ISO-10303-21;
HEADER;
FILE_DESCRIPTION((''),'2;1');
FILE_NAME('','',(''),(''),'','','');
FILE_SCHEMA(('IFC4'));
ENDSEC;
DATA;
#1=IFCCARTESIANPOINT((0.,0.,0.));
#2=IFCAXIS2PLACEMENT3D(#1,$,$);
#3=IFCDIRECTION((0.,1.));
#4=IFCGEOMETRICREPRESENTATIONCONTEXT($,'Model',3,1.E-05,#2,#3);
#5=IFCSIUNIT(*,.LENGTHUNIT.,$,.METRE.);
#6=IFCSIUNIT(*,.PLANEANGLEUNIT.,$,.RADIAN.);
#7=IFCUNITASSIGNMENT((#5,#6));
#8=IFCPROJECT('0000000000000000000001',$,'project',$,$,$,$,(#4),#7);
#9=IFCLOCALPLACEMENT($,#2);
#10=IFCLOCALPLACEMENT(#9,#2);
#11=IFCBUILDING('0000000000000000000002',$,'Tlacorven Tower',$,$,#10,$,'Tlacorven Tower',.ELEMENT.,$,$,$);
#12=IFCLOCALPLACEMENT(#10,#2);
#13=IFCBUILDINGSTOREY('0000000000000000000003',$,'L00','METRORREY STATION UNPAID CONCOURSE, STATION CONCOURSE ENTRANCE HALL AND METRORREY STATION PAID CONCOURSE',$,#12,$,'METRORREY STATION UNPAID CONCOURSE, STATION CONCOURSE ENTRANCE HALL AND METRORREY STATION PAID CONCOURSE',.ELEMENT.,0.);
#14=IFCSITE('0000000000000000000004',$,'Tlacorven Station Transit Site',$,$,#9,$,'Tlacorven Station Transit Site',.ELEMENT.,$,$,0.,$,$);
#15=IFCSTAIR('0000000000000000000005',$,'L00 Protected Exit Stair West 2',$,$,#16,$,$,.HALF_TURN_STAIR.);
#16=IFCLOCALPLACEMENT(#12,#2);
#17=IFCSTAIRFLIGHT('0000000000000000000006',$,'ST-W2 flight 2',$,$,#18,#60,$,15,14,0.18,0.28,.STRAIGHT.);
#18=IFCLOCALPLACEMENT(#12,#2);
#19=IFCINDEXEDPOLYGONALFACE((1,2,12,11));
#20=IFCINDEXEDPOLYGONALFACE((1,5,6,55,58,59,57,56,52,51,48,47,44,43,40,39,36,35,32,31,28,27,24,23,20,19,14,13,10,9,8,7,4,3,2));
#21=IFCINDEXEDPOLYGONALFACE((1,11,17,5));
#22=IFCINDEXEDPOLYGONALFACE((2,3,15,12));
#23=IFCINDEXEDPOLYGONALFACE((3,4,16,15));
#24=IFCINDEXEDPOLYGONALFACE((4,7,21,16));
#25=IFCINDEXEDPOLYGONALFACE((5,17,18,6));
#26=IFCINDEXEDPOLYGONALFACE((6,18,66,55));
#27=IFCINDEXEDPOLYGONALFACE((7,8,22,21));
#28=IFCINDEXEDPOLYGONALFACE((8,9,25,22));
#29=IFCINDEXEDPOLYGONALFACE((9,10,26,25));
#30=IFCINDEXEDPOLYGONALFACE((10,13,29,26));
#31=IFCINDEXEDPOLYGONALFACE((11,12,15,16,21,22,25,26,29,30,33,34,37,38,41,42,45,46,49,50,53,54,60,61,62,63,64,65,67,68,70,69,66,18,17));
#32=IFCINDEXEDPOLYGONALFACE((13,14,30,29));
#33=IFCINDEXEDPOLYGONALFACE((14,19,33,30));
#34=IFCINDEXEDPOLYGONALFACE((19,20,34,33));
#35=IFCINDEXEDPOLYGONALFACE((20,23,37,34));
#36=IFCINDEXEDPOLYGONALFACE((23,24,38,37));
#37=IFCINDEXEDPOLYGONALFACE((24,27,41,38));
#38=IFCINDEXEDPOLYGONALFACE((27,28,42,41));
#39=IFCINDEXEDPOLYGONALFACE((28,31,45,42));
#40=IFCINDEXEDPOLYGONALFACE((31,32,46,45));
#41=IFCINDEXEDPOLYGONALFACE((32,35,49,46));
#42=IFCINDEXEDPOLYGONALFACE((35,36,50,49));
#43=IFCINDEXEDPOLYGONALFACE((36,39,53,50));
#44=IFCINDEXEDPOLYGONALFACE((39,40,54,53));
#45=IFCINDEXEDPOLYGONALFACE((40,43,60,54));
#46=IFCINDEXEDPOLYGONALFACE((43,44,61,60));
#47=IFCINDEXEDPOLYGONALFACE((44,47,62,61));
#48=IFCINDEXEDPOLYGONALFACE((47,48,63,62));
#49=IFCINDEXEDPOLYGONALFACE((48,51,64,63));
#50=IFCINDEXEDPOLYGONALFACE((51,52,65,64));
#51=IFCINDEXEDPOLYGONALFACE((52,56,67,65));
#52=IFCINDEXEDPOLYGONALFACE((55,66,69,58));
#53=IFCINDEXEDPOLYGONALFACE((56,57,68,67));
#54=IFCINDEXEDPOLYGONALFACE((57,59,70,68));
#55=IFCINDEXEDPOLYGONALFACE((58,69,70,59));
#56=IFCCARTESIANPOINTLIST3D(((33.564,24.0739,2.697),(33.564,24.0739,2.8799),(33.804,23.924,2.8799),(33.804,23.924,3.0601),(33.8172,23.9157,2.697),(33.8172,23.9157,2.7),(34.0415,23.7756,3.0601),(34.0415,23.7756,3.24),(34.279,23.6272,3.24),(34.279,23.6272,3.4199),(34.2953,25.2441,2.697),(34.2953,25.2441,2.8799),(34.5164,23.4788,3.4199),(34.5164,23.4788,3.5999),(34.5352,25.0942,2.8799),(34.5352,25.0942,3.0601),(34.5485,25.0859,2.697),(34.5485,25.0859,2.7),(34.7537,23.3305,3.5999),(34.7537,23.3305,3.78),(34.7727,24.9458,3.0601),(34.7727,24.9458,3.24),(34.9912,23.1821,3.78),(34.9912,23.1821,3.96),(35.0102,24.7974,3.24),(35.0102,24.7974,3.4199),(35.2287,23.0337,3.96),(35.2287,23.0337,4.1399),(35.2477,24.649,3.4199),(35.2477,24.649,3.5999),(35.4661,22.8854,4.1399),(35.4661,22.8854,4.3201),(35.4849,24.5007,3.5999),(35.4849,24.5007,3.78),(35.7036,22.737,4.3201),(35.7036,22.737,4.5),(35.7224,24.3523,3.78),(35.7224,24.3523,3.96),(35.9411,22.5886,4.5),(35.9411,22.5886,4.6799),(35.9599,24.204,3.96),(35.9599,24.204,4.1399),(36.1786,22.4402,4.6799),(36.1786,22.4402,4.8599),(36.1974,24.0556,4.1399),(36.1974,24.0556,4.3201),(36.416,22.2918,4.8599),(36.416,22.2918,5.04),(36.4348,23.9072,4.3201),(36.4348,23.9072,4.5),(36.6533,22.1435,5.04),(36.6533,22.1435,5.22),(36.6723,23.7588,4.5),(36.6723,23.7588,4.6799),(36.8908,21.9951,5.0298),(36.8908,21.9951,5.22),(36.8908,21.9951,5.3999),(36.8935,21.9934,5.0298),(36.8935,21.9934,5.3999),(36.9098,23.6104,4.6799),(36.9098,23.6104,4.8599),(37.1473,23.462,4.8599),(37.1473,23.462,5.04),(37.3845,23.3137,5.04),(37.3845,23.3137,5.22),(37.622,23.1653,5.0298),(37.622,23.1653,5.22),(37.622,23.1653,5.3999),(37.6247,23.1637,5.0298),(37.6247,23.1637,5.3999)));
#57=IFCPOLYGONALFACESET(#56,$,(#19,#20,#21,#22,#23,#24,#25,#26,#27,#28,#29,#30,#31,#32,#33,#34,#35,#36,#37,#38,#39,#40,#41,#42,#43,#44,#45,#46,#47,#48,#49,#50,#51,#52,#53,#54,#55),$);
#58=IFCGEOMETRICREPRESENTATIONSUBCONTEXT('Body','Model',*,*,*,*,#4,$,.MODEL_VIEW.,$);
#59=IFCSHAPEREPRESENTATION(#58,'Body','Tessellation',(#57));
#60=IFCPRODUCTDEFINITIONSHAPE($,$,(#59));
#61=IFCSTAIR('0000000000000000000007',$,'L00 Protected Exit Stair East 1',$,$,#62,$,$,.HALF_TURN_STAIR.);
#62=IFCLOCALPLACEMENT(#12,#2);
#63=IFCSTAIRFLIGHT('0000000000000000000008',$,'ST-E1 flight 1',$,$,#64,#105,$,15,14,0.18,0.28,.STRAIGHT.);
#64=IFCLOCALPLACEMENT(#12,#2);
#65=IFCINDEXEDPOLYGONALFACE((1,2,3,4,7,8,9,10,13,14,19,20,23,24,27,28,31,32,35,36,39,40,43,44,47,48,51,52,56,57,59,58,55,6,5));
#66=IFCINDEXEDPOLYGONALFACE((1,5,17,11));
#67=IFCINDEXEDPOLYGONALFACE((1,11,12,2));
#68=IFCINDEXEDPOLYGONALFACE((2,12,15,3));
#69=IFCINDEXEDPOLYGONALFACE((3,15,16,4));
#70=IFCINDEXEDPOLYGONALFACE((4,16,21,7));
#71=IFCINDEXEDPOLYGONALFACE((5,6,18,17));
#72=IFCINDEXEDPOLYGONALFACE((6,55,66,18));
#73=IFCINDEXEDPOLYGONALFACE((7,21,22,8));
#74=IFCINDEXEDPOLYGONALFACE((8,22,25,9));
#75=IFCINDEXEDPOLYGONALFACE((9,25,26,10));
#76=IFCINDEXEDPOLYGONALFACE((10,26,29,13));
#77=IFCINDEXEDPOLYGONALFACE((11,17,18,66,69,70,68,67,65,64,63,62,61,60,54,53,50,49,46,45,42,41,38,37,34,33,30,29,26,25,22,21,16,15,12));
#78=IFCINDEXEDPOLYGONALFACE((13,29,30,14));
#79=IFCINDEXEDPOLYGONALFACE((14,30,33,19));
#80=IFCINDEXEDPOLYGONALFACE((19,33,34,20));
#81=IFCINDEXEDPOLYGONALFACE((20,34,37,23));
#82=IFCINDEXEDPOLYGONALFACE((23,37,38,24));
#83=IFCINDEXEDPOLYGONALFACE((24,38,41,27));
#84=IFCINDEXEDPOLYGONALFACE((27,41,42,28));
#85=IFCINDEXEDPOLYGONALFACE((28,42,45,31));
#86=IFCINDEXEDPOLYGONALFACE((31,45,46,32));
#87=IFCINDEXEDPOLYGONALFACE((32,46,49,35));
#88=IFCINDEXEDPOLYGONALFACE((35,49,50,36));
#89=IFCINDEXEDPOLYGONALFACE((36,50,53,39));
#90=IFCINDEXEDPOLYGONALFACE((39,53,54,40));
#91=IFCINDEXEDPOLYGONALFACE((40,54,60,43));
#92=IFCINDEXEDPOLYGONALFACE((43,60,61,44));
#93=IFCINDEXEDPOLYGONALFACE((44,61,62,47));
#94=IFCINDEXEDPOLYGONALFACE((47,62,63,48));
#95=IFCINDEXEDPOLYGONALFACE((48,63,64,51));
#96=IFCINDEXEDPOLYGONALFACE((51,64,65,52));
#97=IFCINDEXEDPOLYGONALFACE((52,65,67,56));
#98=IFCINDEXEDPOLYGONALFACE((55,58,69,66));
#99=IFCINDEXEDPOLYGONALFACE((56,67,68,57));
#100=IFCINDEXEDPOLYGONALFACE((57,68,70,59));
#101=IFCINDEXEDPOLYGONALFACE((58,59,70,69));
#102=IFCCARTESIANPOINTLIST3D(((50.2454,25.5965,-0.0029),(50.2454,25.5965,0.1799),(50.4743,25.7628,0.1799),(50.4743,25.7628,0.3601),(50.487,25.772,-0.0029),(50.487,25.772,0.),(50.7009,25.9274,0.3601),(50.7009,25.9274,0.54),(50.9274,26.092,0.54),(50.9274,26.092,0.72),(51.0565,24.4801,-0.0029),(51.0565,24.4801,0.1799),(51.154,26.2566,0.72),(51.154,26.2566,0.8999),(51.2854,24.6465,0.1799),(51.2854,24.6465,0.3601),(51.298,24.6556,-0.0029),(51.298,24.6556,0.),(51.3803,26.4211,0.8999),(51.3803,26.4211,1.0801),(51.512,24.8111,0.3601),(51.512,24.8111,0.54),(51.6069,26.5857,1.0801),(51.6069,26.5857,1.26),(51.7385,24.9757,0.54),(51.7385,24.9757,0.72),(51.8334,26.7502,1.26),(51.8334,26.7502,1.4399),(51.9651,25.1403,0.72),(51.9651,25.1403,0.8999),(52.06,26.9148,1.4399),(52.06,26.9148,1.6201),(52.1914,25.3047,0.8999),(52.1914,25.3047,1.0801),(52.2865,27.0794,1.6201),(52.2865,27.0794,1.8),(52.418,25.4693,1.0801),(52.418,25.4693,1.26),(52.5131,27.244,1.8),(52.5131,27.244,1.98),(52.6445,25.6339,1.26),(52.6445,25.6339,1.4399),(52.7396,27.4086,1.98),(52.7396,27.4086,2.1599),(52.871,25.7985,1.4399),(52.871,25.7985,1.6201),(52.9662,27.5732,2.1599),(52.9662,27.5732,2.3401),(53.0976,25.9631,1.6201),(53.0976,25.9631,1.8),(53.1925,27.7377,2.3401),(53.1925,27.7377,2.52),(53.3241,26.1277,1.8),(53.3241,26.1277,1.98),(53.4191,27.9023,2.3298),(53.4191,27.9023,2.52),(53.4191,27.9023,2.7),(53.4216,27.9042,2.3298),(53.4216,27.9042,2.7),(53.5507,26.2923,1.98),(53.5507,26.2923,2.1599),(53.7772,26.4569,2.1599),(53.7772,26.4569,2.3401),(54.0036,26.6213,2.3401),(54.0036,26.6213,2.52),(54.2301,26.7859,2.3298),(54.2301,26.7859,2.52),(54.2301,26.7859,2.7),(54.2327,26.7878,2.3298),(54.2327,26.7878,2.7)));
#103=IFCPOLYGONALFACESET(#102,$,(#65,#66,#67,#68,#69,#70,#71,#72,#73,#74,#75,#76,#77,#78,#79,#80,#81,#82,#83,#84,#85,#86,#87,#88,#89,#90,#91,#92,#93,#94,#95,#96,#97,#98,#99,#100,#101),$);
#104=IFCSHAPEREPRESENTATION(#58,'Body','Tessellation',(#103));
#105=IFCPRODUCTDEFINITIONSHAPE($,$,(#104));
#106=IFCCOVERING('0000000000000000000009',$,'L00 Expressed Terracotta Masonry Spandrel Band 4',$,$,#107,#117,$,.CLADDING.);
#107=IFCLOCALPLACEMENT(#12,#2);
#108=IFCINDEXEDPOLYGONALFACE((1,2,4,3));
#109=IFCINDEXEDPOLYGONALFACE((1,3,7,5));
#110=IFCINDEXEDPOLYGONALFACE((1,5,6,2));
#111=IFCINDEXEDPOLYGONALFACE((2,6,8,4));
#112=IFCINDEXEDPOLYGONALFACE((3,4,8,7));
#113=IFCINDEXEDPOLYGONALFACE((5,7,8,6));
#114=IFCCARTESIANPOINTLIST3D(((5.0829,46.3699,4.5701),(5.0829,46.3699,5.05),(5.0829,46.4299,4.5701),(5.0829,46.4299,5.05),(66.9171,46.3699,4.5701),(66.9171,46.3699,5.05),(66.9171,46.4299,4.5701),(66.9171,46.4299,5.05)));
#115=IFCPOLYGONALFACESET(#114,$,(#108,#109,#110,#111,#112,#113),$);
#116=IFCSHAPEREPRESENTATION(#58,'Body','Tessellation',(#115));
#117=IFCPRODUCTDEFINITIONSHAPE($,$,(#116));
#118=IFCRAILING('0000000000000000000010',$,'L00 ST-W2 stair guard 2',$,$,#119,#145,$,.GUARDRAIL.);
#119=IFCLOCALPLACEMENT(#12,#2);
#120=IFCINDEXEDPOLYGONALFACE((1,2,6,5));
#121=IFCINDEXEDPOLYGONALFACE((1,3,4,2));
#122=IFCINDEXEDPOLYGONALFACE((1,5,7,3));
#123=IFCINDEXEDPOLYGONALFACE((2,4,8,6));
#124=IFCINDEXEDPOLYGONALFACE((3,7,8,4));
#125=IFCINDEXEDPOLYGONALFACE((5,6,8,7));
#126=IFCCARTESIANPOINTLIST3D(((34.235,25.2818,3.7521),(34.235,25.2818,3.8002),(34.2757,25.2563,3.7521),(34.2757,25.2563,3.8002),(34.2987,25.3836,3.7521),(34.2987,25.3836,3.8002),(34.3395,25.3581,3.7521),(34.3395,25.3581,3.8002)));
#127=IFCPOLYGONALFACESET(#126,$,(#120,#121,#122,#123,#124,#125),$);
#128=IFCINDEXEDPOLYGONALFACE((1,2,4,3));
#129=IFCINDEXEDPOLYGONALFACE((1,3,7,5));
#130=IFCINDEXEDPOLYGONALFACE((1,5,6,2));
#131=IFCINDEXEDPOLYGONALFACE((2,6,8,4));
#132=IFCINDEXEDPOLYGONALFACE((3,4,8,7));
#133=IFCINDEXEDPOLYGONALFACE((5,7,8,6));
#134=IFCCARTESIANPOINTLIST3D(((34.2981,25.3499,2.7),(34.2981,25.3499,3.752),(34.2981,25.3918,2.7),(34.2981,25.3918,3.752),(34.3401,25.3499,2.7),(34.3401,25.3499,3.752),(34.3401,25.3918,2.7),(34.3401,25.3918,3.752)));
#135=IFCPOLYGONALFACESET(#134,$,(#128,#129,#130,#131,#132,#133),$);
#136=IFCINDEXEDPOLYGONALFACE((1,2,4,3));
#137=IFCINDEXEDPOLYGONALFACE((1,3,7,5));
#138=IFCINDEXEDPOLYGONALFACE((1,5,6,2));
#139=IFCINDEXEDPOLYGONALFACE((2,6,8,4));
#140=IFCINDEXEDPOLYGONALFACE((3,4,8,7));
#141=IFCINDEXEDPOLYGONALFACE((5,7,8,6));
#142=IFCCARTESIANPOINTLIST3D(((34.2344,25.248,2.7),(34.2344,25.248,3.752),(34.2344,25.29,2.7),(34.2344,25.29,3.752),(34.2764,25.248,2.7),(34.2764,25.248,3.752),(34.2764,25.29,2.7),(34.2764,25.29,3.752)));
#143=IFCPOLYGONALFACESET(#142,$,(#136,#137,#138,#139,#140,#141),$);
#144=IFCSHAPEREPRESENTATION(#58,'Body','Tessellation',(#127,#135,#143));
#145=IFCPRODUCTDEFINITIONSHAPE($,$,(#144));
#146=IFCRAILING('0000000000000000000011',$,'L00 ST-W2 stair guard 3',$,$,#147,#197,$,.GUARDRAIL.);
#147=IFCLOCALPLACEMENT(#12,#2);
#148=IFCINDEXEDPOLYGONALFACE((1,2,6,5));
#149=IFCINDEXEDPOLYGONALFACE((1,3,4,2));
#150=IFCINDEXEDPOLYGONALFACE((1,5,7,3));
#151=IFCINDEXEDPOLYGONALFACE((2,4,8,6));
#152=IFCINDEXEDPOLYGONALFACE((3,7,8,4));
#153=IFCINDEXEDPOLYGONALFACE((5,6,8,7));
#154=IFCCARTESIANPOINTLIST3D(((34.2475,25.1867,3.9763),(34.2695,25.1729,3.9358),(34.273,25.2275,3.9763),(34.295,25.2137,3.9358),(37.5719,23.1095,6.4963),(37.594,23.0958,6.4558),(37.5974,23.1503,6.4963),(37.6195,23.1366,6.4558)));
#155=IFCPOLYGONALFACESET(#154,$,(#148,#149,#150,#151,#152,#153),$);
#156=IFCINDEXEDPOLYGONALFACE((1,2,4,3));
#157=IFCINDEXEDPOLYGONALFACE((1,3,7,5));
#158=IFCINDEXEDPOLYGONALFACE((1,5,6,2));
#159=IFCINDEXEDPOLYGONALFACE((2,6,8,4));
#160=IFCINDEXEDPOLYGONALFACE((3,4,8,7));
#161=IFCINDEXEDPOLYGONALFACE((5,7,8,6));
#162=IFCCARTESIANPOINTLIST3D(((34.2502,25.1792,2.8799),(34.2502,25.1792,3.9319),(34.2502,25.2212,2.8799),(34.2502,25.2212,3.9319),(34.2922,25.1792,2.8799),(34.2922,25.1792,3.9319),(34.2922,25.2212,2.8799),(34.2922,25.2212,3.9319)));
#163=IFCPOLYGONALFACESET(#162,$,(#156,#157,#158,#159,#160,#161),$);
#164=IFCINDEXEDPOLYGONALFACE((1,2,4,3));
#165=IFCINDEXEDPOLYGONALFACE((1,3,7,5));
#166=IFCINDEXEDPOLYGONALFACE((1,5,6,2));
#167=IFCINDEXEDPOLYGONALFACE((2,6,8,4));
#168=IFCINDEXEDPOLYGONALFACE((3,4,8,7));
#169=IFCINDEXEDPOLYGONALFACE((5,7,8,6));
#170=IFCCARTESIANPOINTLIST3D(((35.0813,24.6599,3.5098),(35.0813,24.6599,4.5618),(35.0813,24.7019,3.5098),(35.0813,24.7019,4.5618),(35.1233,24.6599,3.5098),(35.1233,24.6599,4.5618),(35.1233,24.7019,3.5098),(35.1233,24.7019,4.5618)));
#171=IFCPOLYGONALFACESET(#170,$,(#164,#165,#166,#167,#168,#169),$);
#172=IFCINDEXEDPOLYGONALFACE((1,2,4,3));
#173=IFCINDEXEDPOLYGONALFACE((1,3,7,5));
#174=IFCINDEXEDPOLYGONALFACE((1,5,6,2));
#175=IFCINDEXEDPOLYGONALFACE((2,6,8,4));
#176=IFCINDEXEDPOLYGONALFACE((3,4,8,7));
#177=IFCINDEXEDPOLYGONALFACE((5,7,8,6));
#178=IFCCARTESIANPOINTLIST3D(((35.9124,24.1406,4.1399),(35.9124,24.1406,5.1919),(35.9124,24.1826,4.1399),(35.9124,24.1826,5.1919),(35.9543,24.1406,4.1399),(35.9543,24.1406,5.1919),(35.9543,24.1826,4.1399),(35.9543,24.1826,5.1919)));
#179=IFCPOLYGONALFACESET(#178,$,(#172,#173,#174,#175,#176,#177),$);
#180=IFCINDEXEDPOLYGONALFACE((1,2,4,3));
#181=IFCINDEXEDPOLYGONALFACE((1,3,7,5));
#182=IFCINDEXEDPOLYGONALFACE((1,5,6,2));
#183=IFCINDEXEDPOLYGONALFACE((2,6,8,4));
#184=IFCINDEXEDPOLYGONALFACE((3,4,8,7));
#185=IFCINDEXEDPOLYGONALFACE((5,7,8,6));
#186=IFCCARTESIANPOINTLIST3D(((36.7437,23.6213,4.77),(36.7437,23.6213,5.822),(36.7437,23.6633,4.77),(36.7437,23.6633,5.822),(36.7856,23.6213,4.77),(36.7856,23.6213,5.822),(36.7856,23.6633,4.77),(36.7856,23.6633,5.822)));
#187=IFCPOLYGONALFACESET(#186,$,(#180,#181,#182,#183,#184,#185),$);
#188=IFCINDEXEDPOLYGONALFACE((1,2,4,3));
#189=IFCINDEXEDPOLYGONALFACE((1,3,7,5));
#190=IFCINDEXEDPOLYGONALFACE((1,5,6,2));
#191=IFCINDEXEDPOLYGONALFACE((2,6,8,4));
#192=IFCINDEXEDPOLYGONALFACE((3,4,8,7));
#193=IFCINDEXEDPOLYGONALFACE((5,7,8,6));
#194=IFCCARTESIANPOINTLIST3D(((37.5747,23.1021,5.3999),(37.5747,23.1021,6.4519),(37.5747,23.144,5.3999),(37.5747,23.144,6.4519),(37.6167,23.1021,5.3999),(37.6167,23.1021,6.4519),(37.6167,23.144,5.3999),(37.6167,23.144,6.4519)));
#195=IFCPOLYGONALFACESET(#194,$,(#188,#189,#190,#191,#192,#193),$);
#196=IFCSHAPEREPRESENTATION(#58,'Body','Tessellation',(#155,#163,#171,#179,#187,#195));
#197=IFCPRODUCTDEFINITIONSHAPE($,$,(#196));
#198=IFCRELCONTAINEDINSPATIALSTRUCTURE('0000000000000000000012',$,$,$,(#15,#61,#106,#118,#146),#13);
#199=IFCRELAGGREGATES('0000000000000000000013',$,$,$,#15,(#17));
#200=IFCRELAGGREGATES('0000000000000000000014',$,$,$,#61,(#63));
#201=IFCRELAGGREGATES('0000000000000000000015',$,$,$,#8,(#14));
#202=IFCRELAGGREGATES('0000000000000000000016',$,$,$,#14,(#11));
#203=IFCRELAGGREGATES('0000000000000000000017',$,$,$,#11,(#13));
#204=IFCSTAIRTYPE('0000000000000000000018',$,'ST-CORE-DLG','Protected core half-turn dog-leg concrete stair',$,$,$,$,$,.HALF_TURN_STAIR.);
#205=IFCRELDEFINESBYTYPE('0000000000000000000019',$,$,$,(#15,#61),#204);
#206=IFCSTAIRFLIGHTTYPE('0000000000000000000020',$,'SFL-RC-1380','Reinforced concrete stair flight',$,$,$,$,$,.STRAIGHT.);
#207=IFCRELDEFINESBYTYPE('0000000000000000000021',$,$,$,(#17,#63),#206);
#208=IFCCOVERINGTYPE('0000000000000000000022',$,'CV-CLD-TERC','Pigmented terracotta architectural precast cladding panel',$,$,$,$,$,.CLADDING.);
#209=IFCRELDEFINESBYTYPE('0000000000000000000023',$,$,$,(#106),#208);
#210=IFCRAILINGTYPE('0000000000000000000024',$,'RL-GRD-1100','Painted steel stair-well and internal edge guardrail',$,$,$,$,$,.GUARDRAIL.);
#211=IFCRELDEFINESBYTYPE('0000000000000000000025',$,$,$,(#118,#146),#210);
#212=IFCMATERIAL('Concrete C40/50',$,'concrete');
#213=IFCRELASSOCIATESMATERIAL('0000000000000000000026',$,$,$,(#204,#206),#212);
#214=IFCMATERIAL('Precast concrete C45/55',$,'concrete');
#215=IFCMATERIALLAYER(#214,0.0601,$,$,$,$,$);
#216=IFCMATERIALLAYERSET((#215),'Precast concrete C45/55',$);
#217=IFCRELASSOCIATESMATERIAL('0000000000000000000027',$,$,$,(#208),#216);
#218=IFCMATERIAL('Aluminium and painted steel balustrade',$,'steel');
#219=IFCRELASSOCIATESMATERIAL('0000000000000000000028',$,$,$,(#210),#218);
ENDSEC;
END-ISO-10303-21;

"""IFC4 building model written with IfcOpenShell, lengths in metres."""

from ifc_helpers import new_model, si_unit, direction, frame, origin, origin_2d, place, context, subcontext, project, spatial, polyline, rectangle, outline, extrude, source, transform, mapped, material, layer, layer_set, type_object, element, aggregate, save


model = new_model("IFC4")

# Units and contexts
model_context = context("Model", 3, precision=1e-05, world=origin(), true_north=direction((0.0, 1.0)))
body_context = subcontext(model_context, "Body", "Model", "MODEL_VIEW")
ifc_project = project(units=[si_unit("LENGTHUNIT", "METRE"), si_unit("PLANEANGLEUNIT", "RADIAN")], contexts=[model_context])

# Site, building, storey
site_placement = place(None, origin())
site = spatial("IfcSite", under=ifc_project, at=site_placement, Name="Tlacorven Station Transit Site", LongName="Tlacorven Station Transit Site", CompositionType="ELEMENT", RefElevation=0.0)
building_placement = place(site_placement, origin())
building = spatial("IfcBuilding", under=site, at=building_placement, Name="Tlacorven Tower", LongName="Tlacorven Tower", CompositionType="ELEMENT")
storey_placement = place(building_placement, origin())
storey = spatial("IfcBuildingStorey", under=building, at=storey_placement, Name="L00", Description="METRORREY STATION UNPAID CONCOURSE, STATION CONCOURSE ENTRANCE HALL AND METRORREY STATION PAID CONCOURSE", LongName="METRORREY STATION UNPAID CONCOURSE, STATION CONCOURSE ENTRANCE HALL AND METRORREY STATION PAID CONCOURSE", CompositionType="ELEMENT", Elevation=0.0)

# Shared definitions
ifc_material_1 = material(Name="Concrete C40/50", Category="concrete")

# Stairs, stair flights
stair_type = type_object("IfcStairType", Name="ST-CORE-DLG", Description="Protected core half-turn dog-leg concrete stair", PredefinedType="HALF_TURN_STAIR", material=ifc_material_1)
stair_1_placement = place(storey_placement, origin())
stair_1 = element("IfcStair", 1, at=stair_1_placement, inside=storey, type_object=stair_type, Name="L00 Protected Exit Stair West 2", PredefinedType="HALF_TURN_STAIR")
stair_flight_type = type_object("IfcStairFlightType", Name="SFL-RC-1380", Description="Reinforced concrete stair flight", PredefinedType="STRAIGHT", material=ifc_material_1)
shared_shape_1 = source(origin(), body_context, "Body", "SweptSolid", [
    extrude(outline(polyline([(-0.0029, -0.0029), (-0.0029, 0.1799), (0.28, 0.1799), (0.28, 0.3601), (0.5601, 0.3601), (0.5601, 0.54), (0.8401, 0.54), (0.8401, 0.72), (1.1201, 0.72), (1.1201, 0.8999), (1.3999, 0.8999), (1.3999, 1.0801), (1.6799, 1.0801), (1.6799, 1.26), (1.96, 1.26), (1.96, 1.4399), (2.24, 1.4399), (2.24, 1.6201), (2.52, 1.6201), (2.52, 1.8), (2.8, 1.8), (2.8, 1.98), (3.0801, 1.98), (3.0801, 2.1599), (3.3601, 2.1599), (3.3601, 2.3401), (3.6399, 2.3401), (3.6399, 2.52), (3.9199, 2.52), (3.9199, 2.7), (3.9231, 2.7), (3.9231, 2.3298), (3.9199, 2.3298), (0.2957, 0.0), (0.2957, -0.0029), (-0.0029, -0.0029)])), frame((0.0, 0.6899, 0.0), z_axis=(0.0, -1.0, 0.0), x_axis=(1.0, 0.0, 0.0)), (0.0, 0.0, 1.0), 1.3799),
])
stair_flight_1_placement = place(storey_placement, frame((33.9321, 24.6575, 2.7), z_axis=(0.0, 0.0, 1.0), x_axis=(0.848048, -0.529919, 0.0)))
stair_flight_1 = element("IfcStairFlight", 2, at=stair_flight_1_placement, type_object=stair_flight_type, Name="ST-W2 flight 2", NumberOfRisers=15, NumberOfTreads=14, PredefinedType="STRAIGHT", RiserHeight=0.18, TreadLength=0.28, context=body_context, shape_type="MappedRepresentation", body=[
    mapped(shared_shape_1, transform((0.0, 0.0, 0.0), scale=1.0)),
])
aggregate(stair_1, [stair_flight_1])
stair_2_placement = place(storey_placement, origin())
stair_2 = element("IfcStair", 3, at=stair_2_placement, inside=storey, type_object=stair_type, Name="L00 Protected Exit Stair East 1", PredefinedType="HALF_TURN_STAIR")
stair_flight_2_placement = place(storey_placement, frame((50.6533, 25.04, 0.0), z_axis=(0.0, 0.0, 1.0), x_axis=(0.809017, 0.587785, 0.0)))
stair_flight_2 = element("IfcStairFlight", 4, at=stair_flight_2_placement, type_object=stair_flight_type, Name="ST-E1 flight 1", NumberOfRisers=15, NumberOfTreads=14, PredefinedType="STRAIGHT", RiserHeight=0.18, TreadLength=0.28, context=body_context, shape_type="MappedRepresentation", body=[
    mapped(shared_shape_1, transform((0.0, 0.0, 0.0), scale=1.0)),
])
aggregate(stair_2, [stair_flight_2])

# Covering
ifc_material_2 = material(Name="Precast concrete C45/55", Category="concrete")
ifc_layer_1 = layer(ifc_material_2, 0.0601)
ifc_layer_set_1 = layer_set([ifc_layer_1], Name="Precast concrete C45/55")
covering_type = type_object("IfcCoveringType", Name="CV-CLD-TERC", Description="Pigmented terracotta architectural precast cladding panel", PredefinedType="CLADDING", material=ifc_layer_set_1)
shared_shape_2 = source(origin(), body_context, "Body", "SweptSolid", [
    extrude(rectangle(XDim=61.8342, YDim=0.0601, at=origin_2d()), origin(), (0.0, 0.0, 1.0), 0.48),
])
covering_placement = place(storey_placement, frame((36.0, 46.3999, 4.5701), z_axis=(0.0, 0.0, 1.0), x_axis=(1.0, 0.0, 0.0)))
element("IfcCovering", 5, at=covering_placement, inside=storey, type_object=covering_type, Name="L00 Expressed Terracotta Masonry Spandrel Band 4", PredefinedType="CLADDING", context=body_context, shape_type="MappedRepresentation", body=[
    mapped(shared_shape_2, transform((0.0, 0.0, 0.0), scale=1.0)),
])

# Railings
ifc_material_3 = material(Name="Aluminium and painted steel balustrade", Category="steel")
railing_type_1 = type_object("IfcRailingType", Name="RL-GRD-1100", Description="Painted steel stair-well and internal edge guardrail", PredefinedType="GUARDRAIL", material=ifc_material_3)
shared_shape_3 = source(origin(), body_context, "Body", "SweptSolid", [
    extrude(rectangle(XDim=0.0481, YDim=0.0481, at=origin_2d()), frame((0.0, 0.0, 1.0762), z_axis=(-0.530547, -0.847656, 0.0), x_axis=(0.847656, -0.530547, 0.0)), (0.0, 0.0, 1.0), 0.1201),
    extrude(rectangle(XDim=0.042, YDim=0.042, at=origin_2d()), origin(), (0.0, 0.0, 1.0), 1.052),
    extrude(rectangle(XDim=0.042, YDim=0.042, at=origin_2d()), frame((-0.0637, -0.1018, 0.0)), (0.0, 0.0, 1.0), 1.052),
])
railing_1_placement = place(storey_placement, frame((34.3191, 25.3708, 2.7)))
element("IfcRailing", 6, at=railing_1_placement, inside=storey, type_object=railing_type_1, Name="L00 ST-W2 stair guard 2", PredefinedType="GUARDRAIL", context=body_context, shape_type="MappedRepresentation", body=[
    mapped(shared_shape_3, transform((0.0, 0.0, 0.0), scale=1.0)),
])
shared_shape_4 = source(origin(), body_context, "Body", "SweptSolid", [
    extrude(rectangle(XDim=0.0481, YDim=0.0481, at=origin_2d()), frame((0.0, 0.0, 1.0762), z_axis=(0.713379, -0.445725, 0.540758), x_axis=(0.529881, 0.848072, 0.0)), (0.0, 0.0, 1.0), 4.6602),
    extrude(rectangle(XDim=0.042, YDim=0.042, at=origin_2d()), origin(), (0.0, 0.0, 1.0), 1.052),
    extrude(rectangle(XDim=0.042, YDim=0.042, at=origin_2d()), frame((0.8311, -0.5193, 0.6299)), (0.0, 0.0, 1.0), 1.052),
    extrude(rectangle(XDim=0.042, YDim=0.042, at=origin_2d()), frame((1.6621, -1.0386, 1.26)), (0.0, 0.0, 1.0), 1.052),
    extrude(rectangle(XDim=0.042, YDim=0.042, at=origin_2d()), frame((2.4934, -1.5579, 1.8901)), (0.0, 0.0, 1.0), 1.052),
    extrude(rectangle(XDim=0.042, YDim=0.042, at=origin_2d()), frame((3.3245, -2.0771, 2.52)), (0.0, 0.0, 1.0), 1.052),
])
railing_2_placement = place(storey_placement, frame((34.2712, 25.2002, 2.8799)))
element("IfcRailing", 7, at=railing_2_placement, inside=storey, type_object=railing_type_1, Name="L00 ST-W2 stair guard 3", PredefinedType="GUARDRAIL", context=body_context, shape_type="MappedRepresentation", body=[
    mapped(shared_shape_4, transform((0.0, 0.0, 0.0), scale=1.0)),
])

save(model, "model.ifc")
